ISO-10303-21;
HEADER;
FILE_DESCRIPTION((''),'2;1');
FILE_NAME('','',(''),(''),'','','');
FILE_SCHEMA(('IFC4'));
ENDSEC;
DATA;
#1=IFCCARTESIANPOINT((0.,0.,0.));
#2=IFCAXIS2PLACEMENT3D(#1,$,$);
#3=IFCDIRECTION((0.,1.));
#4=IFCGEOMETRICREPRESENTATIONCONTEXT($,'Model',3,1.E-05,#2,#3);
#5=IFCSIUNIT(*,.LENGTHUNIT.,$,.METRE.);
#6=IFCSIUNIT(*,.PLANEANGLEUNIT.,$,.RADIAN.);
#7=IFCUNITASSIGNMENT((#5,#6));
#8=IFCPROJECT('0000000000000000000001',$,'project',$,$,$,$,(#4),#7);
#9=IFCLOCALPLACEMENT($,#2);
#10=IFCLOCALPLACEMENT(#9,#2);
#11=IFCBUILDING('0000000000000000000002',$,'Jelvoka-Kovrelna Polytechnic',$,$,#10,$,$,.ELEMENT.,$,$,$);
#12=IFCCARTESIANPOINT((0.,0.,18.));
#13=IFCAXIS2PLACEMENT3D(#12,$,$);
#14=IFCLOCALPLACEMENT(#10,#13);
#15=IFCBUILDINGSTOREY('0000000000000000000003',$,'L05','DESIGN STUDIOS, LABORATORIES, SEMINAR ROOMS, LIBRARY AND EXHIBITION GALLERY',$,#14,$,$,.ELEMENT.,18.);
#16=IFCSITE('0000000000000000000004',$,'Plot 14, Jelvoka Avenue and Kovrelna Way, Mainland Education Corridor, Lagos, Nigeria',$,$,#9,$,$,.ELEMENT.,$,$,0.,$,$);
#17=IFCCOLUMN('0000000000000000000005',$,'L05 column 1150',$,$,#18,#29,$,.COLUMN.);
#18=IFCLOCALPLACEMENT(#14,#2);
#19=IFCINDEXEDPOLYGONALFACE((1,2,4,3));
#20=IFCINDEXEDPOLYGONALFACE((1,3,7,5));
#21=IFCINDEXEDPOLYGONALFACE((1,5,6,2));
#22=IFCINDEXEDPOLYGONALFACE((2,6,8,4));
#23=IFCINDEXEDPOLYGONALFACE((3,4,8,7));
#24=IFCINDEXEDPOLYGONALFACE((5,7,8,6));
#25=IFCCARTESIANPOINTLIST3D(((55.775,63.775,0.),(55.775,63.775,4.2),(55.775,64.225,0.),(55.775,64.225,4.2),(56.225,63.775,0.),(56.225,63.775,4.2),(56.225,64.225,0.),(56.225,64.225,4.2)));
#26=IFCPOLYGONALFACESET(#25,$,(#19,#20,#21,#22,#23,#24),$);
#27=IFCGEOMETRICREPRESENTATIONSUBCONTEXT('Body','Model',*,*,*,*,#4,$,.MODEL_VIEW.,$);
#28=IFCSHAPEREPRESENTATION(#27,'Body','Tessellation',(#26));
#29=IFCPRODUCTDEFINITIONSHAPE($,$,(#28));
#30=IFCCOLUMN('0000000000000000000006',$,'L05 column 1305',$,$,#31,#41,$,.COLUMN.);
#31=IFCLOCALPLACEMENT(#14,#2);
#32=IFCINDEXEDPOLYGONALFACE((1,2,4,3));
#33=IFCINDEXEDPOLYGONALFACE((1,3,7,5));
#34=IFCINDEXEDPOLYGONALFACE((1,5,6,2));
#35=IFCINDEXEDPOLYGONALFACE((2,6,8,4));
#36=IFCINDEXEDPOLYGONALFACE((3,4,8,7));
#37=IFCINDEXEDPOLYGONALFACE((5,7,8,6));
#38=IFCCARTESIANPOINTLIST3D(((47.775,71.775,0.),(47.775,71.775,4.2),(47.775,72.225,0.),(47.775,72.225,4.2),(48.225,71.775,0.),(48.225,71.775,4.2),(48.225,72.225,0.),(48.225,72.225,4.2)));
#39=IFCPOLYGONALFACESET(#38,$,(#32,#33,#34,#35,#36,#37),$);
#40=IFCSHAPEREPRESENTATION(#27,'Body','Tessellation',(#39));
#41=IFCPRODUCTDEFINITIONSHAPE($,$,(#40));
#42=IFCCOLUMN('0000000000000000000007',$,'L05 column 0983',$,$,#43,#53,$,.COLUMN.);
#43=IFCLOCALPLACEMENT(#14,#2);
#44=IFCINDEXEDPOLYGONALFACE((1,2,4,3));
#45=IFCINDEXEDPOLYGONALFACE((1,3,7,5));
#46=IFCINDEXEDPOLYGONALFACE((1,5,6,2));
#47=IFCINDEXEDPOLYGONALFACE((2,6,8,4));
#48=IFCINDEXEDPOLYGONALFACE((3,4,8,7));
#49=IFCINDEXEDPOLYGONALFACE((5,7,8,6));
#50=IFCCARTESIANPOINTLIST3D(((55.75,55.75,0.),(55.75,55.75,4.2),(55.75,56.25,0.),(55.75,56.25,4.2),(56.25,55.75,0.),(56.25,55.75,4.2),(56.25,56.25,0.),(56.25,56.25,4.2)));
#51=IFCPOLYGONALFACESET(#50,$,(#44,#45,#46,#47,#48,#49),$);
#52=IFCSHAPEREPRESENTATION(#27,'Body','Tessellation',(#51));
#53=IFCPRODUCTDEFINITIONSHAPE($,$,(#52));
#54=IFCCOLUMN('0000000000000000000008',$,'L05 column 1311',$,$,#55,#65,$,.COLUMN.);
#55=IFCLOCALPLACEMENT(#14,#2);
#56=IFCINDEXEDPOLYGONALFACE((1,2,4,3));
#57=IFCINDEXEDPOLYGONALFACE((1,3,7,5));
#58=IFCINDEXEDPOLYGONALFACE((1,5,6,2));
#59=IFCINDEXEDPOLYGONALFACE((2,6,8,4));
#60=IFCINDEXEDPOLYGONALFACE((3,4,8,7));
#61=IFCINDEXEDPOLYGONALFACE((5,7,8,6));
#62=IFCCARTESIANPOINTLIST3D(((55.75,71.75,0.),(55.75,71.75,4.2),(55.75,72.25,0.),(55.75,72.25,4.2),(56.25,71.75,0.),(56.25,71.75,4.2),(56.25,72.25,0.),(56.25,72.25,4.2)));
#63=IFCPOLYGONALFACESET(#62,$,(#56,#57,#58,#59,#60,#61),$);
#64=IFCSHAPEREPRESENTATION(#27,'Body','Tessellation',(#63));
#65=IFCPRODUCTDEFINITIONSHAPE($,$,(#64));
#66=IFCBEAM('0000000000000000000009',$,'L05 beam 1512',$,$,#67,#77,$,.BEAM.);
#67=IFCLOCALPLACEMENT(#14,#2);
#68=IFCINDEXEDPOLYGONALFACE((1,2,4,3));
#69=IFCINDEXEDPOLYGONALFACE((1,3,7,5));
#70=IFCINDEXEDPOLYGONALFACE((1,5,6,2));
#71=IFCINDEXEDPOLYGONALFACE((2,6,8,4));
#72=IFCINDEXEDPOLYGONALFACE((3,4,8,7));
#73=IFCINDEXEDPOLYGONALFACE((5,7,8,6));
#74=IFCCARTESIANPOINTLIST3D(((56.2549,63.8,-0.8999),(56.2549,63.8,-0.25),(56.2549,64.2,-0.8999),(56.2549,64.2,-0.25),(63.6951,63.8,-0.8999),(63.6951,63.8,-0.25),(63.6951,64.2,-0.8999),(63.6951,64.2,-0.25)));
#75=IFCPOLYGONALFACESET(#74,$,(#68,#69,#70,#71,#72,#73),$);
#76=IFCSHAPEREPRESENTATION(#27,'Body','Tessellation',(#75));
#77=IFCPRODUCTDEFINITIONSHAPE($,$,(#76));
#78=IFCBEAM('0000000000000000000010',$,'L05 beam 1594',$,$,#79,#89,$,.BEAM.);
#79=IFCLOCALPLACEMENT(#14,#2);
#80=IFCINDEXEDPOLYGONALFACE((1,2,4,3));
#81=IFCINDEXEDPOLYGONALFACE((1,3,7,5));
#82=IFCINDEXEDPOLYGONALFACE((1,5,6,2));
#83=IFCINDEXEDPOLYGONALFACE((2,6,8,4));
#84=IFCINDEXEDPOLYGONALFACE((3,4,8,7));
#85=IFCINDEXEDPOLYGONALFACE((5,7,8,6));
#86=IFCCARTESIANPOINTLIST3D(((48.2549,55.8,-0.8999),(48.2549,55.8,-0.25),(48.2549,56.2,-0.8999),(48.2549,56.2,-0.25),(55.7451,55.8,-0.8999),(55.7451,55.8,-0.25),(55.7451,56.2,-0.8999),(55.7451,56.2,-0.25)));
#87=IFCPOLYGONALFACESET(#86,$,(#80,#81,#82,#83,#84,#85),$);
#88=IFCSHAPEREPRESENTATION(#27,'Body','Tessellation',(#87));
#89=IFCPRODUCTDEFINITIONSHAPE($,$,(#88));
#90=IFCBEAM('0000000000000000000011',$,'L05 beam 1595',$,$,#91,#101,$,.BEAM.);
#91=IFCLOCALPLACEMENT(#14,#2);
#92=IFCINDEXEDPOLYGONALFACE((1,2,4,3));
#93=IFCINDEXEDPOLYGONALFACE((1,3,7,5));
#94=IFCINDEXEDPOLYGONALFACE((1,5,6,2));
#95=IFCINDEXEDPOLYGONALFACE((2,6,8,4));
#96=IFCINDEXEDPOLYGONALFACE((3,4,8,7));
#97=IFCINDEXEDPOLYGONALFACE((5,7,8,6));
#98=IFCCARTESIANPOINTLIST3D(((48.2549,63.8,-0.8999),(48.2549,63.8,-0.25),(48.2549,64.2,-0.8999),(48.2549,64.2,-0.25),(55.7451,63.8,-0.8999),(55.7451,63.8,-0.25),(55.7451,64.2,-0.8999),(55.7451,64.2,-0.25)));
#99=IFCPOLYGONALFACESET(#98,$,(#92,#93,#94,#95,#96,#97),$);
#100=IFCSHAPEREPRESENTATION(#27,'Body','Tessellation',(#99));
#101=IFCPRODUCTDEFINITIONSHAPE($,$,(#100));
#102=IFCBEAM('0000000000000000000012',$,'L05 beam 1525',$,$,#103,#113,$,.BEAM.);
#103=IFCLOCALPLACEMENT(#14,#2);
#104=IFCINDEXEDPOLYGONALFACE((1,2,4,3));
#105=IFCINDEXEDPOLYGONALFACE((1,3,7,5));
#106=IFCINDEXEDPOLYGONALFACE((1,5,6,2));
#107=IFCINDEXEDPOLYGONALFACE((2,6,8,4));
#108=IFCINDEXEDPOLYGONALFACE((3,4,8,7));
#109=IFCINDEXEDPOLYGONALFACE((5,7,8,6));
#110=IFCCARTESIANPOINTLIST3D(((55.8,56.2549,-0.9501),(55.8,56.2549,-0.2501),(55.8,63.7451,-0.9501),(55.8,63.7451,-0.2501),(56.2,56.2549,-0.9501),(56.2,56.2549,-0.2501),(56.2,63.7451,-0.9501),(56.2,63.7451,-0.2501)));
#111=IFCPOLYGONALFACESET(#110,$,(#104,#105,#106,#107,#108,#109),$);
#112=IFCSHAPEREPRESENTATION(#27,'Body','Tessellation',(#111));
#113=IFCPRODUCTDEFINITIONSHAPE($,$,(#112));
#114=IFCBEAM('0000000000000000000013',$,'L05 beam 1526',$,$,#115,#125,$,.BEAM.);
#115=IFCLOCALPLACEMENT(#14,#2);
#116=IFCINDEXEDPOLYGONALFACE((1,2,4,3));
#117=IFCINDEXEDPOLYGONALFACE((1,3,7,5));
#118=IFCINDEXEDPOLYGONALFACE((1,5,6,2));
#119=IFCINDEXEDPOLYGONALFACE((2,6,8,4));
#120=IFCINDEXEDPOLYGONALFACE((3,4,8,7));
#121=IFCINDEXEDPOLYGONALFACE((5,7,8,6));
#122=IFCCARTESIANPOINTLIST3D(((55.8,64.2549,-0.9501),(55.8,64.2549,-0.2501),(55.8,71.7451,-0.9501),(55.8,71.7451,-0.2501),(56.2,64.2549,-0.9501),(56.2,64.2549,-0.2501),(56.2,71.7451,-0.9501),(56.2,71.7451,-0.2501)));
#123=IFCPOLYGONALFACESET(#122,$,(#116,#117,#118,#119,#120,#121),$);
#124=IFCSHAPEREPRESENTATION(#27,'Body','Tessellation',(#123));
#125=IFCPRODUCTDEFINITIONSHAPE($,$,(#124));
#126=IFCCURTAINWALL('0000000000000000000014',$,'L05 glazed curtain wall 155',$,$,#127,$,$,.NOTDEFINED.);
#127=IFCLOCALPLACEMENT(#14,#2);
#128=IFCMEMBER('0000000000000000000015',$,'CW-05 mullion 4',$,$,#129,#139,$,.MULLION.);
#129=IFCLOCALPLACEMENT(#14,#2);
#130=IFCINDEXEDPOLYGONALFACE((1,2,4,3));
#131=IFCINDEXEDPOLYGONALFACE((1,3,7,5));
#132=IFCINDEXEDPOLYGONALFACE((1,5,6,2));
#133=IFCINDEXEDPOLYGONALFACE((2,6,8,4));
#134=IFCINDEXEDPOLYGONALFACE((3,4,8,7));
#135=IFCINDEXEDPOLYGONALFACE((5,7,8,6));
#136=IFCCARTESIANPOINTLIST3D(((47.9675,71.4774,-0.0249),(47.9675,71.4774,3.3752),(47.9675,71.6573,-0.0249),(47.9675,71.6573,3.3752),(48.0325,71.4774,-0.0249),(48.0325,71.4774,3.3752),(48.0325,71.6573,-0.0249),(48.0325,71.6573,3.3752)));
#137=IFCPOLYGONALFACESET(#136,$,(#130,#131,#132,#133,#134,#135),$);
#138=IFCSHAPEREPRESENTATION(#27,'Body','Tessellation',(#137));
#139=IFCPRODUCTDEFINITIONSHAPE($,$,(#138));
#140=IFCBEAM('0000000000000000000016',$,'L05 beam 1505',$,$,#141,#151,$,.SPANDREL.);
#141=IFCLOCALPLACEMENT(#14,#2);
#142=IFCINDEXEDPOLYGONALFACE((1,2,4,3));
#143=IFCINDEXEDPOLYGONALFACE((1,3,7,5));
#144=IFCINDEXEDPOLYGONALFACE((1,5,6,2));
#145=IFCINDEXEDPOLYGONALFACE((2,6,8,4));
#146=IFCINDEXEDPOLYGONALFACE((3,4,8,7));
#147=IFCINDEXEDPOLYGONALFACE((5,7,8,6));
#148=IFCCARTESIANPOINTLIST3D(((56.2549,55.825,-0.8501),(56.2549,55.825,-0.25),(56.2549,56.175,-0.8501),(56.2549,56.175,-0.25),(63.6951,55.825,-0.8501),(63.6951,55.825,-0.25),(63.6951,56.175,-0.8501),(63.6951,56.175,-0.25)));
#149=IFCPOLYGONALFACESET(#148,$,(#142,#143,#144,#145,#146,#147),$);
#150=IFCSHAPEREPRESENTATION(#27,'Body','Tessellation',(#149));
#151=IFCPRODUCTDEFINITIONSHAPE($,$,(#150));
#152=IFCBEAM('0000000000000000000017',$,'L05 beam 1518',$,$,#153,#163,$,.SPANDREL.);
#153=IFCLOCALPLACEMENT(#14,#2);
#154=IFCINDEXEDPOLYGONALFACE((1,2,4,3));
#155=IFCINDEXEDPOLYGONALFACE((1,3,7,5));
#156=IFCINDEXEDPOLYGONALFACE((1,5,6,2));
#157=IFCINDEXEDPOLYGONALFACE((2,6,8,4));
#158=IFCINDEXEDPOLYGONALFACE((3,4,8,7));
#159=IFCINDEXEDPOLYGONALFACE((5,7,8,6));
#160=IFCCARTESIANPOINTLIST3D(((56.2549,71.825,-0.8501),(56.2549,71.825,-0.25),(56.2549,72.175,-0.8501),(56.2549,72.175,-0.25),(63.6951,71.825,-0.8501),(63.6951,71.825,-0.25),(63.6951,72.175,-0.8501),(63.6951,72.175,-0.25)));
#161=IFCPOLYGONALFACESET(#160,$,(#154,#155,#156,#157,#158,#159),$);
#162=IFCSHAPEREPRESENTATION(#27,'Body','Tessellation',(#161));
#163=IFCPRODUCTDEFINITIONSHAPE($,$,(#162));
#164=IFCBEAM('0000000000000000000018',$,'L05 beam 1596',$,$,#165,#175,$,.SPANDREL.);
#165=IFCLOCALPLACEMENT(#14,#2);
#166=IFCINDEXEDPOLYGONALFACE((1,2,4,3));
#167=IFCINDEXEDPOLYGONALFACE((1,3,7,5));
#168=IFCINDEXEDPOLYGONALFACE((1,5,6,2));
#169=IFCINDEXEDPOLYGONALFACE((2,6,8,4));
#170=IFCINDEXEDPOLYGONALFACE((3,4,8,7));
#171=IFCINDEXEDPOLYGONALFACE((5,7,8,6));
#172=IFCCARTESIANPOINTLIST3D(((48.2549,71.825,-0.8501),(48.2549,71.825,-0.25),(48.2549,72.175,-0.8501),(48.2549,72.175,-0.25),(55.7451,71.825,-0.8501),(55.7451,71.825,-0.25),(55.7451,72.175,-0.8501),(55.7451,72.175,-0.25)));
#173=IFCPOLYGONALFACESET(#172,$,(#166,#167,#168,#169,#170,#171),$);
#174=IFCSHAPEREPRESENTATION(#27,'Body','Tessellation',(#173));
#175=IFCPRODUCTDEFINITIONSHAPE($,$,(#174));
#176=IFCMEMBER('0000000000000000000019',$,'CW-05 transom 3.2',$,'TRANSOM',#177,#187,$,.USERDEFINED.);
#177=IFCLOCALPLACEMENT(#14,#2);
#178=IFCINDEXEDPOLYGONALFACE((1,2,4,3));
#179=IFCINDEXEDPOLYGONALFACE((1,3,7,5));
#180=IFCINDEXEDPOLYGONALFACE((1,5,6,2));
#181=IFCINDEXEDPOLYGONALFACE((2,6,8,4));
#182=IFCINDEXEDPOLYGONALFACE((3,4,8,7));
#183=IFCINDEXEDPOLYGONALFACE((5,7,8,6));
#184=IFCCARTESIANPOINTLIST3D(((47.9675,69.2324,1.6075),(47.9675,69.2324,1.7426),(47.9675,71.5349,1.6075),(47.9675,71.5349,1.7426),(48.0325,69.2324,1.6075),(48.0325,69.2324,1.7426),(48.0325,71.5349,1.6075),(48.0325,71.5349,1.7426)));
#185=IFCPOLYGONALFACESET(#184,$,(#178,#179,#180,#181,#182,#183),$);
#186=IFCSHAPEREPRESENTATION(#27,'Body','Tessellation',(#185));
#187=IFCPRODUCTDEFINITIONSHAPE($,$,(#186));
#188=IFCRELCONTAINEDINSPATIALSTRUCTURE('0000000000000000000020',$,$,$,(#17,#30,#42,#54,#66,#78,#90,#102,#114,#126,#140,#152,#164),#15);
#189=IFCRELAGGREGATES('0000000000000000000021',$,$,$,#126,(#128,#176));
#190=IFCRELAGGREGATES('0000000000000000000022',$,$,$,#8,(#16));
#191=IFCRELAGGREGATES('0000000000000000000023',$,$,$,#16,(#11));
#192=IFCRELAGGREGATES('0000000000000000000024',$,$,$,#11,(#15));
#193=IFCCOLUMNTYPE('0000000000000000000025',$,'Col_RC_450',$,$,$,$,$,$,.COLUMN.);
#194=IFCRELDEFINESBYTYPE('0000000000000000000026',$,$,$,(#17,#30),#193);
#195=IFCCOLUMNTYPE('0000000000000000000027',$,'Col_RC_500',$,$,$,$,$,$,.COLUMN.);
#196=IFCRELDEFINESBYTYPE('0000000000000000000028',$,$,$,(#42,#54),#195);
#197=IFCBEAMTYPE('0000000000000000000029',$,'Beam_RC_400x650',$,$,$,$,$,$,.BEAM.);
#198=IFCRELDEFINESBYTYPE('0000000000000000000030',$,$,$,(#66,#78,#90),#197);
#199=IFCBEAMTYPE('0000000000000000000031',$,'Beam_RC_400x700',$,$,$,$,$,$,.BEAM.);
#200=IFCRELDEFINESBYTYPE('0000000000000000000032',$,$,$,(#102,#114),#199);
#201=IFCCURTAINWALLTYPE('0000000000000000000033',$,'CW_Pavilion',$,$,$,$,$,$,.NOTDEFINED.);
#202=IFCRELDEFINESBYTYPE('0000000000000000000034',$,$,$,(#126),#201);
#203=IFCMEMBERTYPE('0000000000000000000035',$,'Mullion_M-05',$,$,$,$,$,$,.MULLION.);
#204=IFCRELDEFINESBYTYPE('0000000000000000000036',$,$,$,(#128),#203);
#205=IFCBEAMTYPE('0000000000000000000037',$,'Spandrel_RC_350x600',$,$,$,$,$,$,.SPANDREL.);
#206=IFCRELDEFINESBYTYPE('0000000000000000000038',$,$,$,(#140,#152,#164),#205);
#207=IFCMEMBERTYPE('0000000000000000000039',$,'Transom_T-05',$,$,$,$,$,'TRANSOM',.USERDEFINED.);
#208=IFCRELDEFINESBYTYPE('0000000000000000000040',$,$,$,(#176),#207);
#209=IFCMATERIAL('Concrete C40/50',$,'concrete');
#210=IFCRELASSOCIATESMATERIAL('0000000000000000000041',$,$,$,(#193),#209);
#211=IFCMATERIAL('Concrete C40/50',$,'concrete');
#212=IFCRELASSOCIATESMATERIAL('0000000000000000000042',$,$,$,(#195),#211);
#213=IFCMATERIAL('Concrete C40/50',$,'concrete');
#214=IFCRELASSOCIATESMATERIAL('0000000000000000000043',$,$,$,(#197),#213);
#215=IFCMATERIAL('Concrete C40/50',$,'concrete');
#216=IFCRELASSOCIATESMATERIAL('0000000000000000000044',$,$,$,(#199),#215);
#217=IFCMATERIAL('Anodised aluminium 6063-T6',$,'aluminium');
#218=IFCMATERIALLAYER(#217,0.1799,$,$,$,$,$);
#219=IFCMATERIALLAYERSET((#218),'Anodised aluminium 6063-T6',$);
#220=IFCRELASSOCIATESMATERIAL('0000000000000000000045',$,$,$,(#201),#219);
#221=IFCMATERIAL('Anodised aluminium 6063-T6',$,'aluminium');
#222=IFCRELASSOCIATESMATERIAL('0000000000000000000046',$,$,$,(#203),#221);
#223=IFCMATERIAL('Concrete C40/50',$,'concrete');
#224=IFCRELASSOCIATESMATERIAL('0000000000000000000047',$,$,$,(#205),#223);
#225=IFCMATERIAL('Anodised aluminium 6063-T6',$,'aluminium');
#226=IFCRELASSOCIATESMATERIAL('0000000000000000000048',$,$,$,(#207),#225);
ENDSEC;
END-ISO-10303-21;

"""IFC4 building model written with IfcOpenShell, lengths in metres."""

from ifc_helpers import new_model, si_unit, direction, frame, origin, origin_2d, place, context, subcontext, project, spatial, rectangle, extrude, material, layer, layer_set, material_profile, profile_set, type_object, element, aggregate, save


model = new_model("IFC4")

# Units and contexts
model_context = context("Model", 3, precision=1e-05, world=origin(), true_north=direction((0.0, 1.0)))
body_context = subcontext(model_context, "Body", "Model", "MODEL_VIEW")
ifc_project = project(units=[si_unit("LENGTHUNIT", "METRE"), si_unit("PLANEANGLEUNIT", "RADIAN")], contexts=[model_context])

# Site, building, storey
site_placement = place(None, origin())
site = spatial("IfcSite", under=ifc_project, at=site_placement, Name="Plot 14, Jelvoka Avenue and Kovrelna Way, Mainland Education Corridor, Lagos, Nigeria", CompositionType="ELEMENT", RefElevation=0.0)
building_placement = place(site_placement, origin())
building = spatial("IfcBuilding", under=site, at=building_placement, Name="Jelvoka-Kovrelna Polytechnic", CompositionType="ELEMENT")
storey_placement = place(building_placement, frame((0.0, 0.0, 18.0)))
storey = spatial("IfcBuildingStorey", under=building, at=storey_placement, Name="L05", Description="DESIGN STUDIOS, LABORATORIES, SEMINAR ROOMS, LIBRARY AND EXHIBITION GALLERY", CompositionType="ELEMENT", Elevation=18.0)

# Columns
ifc_material_1 = material(Name="Concrete C40/50", Category="concrete")
ifc_material_profile_1 = material_profile(ifc_material_1, rectangle(XDim=0.45, YDim=0.45, at=origin_2d()), Name="RC 450x450")
ifc_profile_set_1 = profile_set([ifc_material_profile_1], Name="Concrete C40/50")
column_type_1 = type_object("IfcColumnType", Name="Col_RC_450", PredefinedType="COLUMN", material=ifc_profile_set_1)
for number, where, z_axis, x_axis, name in (
    (1, (56.0, 64.0, 0.0), (0.0, 0.0, 1.0), (1.0, 0.0, 0.0), "L05 column 1150"),
    (2, (48.0, 72.0, 0.0), (0.0, 0.0, 1.0), (1.0, 0.0, 0.0), "L05 column 1305"),
):
    element("IfcColumn", number, at=place(storey_placement, frame(where, z_axis=z_axis, x_axis=x_axis)), inside=storey, type_object=column_type_1, Name=name, PredefinedType="COLUMN", context=body_context, shape_type="SweptSolid", body=[
        extrude(rectangle(XDim=0.45, YDim=0.45, at=origin_2d()), origin(), (0.0, 0.0, 1.0), 4.2),
    ])
ifc_material_2 = material(Name="Concrete C40/50", Category="concrete")
ifc_material_profile_2 = material_profile(ifc_material_2, rectangle(XDim=0.5, YDim=0.5, at=origin_2d()), Name="RC 500x500")
ifc_profile_set_2 = profile_set([ifc_material_profile_2], Name="Concrete C40/50")
column_type_2 = type_object("IfcColumnType", Name="Col_RC_500", PredefinedType="COLUMN", material=ifc_profile_set_2)
for number, where, z_axis, x_axis, name in (
    (3, (56.0, 56.0, 0.0), (0.0, 0.0, 1.0), (1.0, 0.0, 0.0), "L05 column 0983"),
    (4, (56.0, 72.0, 0.0), (0.0, 0.0, 1.0), (1.0, 0.0, 0.0), "L05 column 1311"),
):
    element("IfcColumn", number, at=place(storey_placement, frame(where, z_axis=z_axis, x_axis=x_axis)), inside=storey, type_object=column_type_2, Name=name, PredefinedType="COLUMN", context=body_context, shape_type="SweptSolid", body=[
        extrude(rectangle(XDim=0.5, YDim=0.5, at=origin_2d()), origin(), (0.0, 0.0, 1.0), 4.2),
    ])

# Beams
ifc_material_3 = material(Name="Concrete C40/50", Category="concrete")
ifc_material_profile_3 = material_profile(ifc_material_3, rectangle(XDim=0.3999, YDim=0.6499, at=origin_2d()), Name="RC 400x650")
ifc_profile_set_3 = profile_set([ifc_material_profile_3], Name="Concrete C40/50")
beam_type_1 = type_object("IfcBeamType", Name="Beam_RC_400x650", PredefinedType="BEAM", material=ifc_profile_set_3)
beam_1_placement = place(storey_placement, frame((56.2549, 64.0, -0.575), z_axis=(1.0, 0.0, 0.0), x_axis=(0.0, 1.0, 0.0)))
element("IfcBeam", 5, at=beam_1_placement, inside=storey, type_object=beam_type_1, Name="L05 beam 1512", PredefinedType="BEAM", context=body_context, shape_type="SweptSolid", body=[
    extrude(rectangle(XDim=0.3999, YDim=0.6499, at=origin_2d()), origin(), (0.0, 0.0, 1.0), 7.4402),
])
for number, where, z_axis, x_axis, name in (
    (6, (48.2549, 56.0, -0.575), (1.0, 0.0, 0.0), (0.0, 1.0, 0.0), "L05 beam 1594"),
    (7, (48.2549, 64.0, -0.575), (1.0, 0.0, 0.0), (0.0, 1.0, 0.0), "L05 beam 1595"),
):
    element("IfcBeam", number, at=place(storey_placement, frame(where, z_axis=z_axis, x_axis=x_axis)), inside=storey, type_object=beam_type_1, Name=name, PredefinedType="BEAM", context=body_context, shape_type="SweptSolid", body=[
        extrude(rectangle(XDim=0.3999, YDim=0.6499, at=origin_2d()), origin(), (0.0, 0.0, 1.0), 7.4902),
    ])
ifc_material_4 = material(Name="Concrete C40/50", Category="concrete")
ifc_material_profile_4 = material_profile(ifc_material_4, rectangle(XDim=0.3999, YDim=0.7, at=origin_2d()), Name="RC 400x700")
ifc_profile_set_4 = profile_set([ifc_material_profile_4], Name="Concrete C40/50")
beam_type_2 = type_object("IfcBeamType", Name="Beam_RC_400x700", PredefinedType="BEAM", material=ifc_profile_set_4)
for number, where, z_axis, x_axis, name in (
    (8, (56.0, 56.2549, -0.6001), (0.0, 1.0, 0.0), (-1.0, 0.0, 0.0), "L05 beam 1525"),
    (9, (56.0, 64.2549, -0.6001), (0.0, 1.0, 0.0), (-1.0, 0.0, 0.0), "L05 beam 1526"),
):
    element("IfcBeam", number, at=place(storey_placement, frame(where, z_axis=z_axis, x_axis=x_axis)), inside=storey, type_object=beam_type_2, Name=name, PredefinedType="BEAM", context=body_context, shape_type="SweptSolid", body=[
        extrude(rectangle(XDim=0.3999, YDim=0.7, at=origin_2d()), origin(), (0.0, 0.0, 1.0), 7.4902),
    ])

# Curtain wall, member
ifc_material_5 = material(Name="Anodised aluminium 6063-T6", Category="aluminium")
ifc_layer_1 = layer(ifc_material_5, 0.1799)
ifc_layer_set_1 = layer_set([ifc_layer_1], Name="Anodised aluminium 6063-T6")
curtain_wall_type = type_object("IfcCurtainWallType", Name="CW_Pavilion", PredefinedType="NOTDEFINED", material=ifc_layer_set_1)
curtain_wall_placement = place(storey_placement, origin())
curtain_wall = element("IfcCurtainWall", 10, at=curtain_wall_placement, inside=storey, type_object=curtain_wall_type, Name="L05 glazed curtain wall 155", PredefinedType="NOTDEFINED")
ifc_material_6 = material(Name="Anodised aluminium 6063-T6", Category="aluminium")
ifc_material_profile_5 = material_profile(ifc_material_6, rectangle(XDim=0.0649, YDim=0.1799, at=origin_2d()), Name="ALU 65x180")
ifc_profile_set_5 = profile_set([ifc_material_profile_5], Name="Anodised aluminium 6063-T6")
member_type_1 = type_object("IfcMemberType", Name="Mullion_M-05", PredefinedType="MULLION", material=ifc_profile_set_5)
member_1_placement = place(storey_placement, frame((48.0, 71.5674, -0.0249), z_axis=(0.0, 0.0, 1.0), x_axis=(-1.0, 0.0, 0.0)))
member_1 = element("IfcMember", 11, at=member_1_placement, type_object=member_type_1, Name="CW-05 mullion 4", PredefinedType="MULLION", context=body_context, shape_type="SweptSolid", body=[
    extrude(rectangle(XDim=0.0649, YDim=0.1799, at=origin_2d()), origin(), (0.0, 0.0, 1.0), 3.4001),
])

# Beams
ifc_material_7 = material(Name="Concrete C40/50", Category="concrete")
ifc_material_profile_6 = material_profile(ifc_material_7, rectangle(XDim=0.3501, YDim=0.6001, at=origin_2d()), Name="RC 350x600")
ifc_profile_set_6 = profile_set([ifc_material_profile_6], Name="Concrete C40/50")
beam_type_3 = type_object("IfcBeamType", Name="Spandrel_RC_350x600", PredefinedType="SPANDREL", material=ifc_profile_set_6)
for number, where, z_axis, x_axis, name in (
    (12, (56.2549, 56.0, -0.55), (1.0, 0.0, 0.0), (0.0, 1.0, 0.0), "L05 beam 1505"),
    (13, (56.2549, 72.0, -0.55), (1.0, 0.0, 0.0), (0.0, 1.0, 0.0), "L05 beam 1518"),
):
    element("IfcBeam", number, at=place(storey_placement, frame(where, z_axis=z_axis, x_axis=x_axis)), inside=storey, type_object=beam_type_3, Name=name, PredefinedType="SPANDREL", context=body_context, shape_type="SweptSolid", body=[
        extrude(rectangle(XDim=0.3501, YDim=0.6001, at=origin_2d()), origin(), (0.0, 0.0, 1.0), 7.4402),
    ])
beam_2_placement = place(storey_placement, frame((48.2549, 72.0, -0.55), z_axis=(1.0, 0.0, 0.0), x_axis=(0.0, 1.0, 0.0)))
element("IfcBeam", 14, at=beam_2_placement, inside=storey, type_object=beam_type_3, Name="L05 beam 1596", PredefinedType="SPANDREL", context=body_context, shape_type="SweptSolid", body=[
    extrude(rectangle(XDim=0.3501, YDim=0.6001, at=origin_2d()), origin(), (0.0, 0.0, 1.0), 7.4902),
])

# Member
ifc_material_8 = material(Name="Anodised aluminium 6063-T6", Category="aluminium")
ifc_material_profile_7 = material_profile(ifc_material_8, rectangle(XDim=0.0649, YDim=0.135, at=origin_2d()), Name="ALU 65x135")
ifc_profile_set_7 = profile_set([ifc_material_profile_7], Name="Anodised aluminium 6063-T6")
member_type_2 = type_object("IfcMemberType", Name="Transom_T-05", ElementType="TRANSOM", PredefinedType="USERDEFINED", material=ifc_profile_set_7)
member_2_placement = place(storey_placement, frame((48.0, 69.2324, 1.675), z_axis=(0.0, 1.0, 0.0), x_axis=(-1.0, 0.0, 0.0)))
member_2 = element("IfcMember", 15, at=member_2_placement, type_object=member_type_2, Name="CW-05 transom 3.2", ObjectType="TRANSOM", PredefinedType="USERDEFINED", context=body_context, shape_type="SweptSolid", body=[
    extrude(rectangle(XDim=0.0649, YDim=0.135, at=origin_2d()), origin(), (0.0, 0.0, 1.0), 2.3025),
])

aggregate(curtain_wall, [member_1, member_2])

save(model, "model.ifc")
